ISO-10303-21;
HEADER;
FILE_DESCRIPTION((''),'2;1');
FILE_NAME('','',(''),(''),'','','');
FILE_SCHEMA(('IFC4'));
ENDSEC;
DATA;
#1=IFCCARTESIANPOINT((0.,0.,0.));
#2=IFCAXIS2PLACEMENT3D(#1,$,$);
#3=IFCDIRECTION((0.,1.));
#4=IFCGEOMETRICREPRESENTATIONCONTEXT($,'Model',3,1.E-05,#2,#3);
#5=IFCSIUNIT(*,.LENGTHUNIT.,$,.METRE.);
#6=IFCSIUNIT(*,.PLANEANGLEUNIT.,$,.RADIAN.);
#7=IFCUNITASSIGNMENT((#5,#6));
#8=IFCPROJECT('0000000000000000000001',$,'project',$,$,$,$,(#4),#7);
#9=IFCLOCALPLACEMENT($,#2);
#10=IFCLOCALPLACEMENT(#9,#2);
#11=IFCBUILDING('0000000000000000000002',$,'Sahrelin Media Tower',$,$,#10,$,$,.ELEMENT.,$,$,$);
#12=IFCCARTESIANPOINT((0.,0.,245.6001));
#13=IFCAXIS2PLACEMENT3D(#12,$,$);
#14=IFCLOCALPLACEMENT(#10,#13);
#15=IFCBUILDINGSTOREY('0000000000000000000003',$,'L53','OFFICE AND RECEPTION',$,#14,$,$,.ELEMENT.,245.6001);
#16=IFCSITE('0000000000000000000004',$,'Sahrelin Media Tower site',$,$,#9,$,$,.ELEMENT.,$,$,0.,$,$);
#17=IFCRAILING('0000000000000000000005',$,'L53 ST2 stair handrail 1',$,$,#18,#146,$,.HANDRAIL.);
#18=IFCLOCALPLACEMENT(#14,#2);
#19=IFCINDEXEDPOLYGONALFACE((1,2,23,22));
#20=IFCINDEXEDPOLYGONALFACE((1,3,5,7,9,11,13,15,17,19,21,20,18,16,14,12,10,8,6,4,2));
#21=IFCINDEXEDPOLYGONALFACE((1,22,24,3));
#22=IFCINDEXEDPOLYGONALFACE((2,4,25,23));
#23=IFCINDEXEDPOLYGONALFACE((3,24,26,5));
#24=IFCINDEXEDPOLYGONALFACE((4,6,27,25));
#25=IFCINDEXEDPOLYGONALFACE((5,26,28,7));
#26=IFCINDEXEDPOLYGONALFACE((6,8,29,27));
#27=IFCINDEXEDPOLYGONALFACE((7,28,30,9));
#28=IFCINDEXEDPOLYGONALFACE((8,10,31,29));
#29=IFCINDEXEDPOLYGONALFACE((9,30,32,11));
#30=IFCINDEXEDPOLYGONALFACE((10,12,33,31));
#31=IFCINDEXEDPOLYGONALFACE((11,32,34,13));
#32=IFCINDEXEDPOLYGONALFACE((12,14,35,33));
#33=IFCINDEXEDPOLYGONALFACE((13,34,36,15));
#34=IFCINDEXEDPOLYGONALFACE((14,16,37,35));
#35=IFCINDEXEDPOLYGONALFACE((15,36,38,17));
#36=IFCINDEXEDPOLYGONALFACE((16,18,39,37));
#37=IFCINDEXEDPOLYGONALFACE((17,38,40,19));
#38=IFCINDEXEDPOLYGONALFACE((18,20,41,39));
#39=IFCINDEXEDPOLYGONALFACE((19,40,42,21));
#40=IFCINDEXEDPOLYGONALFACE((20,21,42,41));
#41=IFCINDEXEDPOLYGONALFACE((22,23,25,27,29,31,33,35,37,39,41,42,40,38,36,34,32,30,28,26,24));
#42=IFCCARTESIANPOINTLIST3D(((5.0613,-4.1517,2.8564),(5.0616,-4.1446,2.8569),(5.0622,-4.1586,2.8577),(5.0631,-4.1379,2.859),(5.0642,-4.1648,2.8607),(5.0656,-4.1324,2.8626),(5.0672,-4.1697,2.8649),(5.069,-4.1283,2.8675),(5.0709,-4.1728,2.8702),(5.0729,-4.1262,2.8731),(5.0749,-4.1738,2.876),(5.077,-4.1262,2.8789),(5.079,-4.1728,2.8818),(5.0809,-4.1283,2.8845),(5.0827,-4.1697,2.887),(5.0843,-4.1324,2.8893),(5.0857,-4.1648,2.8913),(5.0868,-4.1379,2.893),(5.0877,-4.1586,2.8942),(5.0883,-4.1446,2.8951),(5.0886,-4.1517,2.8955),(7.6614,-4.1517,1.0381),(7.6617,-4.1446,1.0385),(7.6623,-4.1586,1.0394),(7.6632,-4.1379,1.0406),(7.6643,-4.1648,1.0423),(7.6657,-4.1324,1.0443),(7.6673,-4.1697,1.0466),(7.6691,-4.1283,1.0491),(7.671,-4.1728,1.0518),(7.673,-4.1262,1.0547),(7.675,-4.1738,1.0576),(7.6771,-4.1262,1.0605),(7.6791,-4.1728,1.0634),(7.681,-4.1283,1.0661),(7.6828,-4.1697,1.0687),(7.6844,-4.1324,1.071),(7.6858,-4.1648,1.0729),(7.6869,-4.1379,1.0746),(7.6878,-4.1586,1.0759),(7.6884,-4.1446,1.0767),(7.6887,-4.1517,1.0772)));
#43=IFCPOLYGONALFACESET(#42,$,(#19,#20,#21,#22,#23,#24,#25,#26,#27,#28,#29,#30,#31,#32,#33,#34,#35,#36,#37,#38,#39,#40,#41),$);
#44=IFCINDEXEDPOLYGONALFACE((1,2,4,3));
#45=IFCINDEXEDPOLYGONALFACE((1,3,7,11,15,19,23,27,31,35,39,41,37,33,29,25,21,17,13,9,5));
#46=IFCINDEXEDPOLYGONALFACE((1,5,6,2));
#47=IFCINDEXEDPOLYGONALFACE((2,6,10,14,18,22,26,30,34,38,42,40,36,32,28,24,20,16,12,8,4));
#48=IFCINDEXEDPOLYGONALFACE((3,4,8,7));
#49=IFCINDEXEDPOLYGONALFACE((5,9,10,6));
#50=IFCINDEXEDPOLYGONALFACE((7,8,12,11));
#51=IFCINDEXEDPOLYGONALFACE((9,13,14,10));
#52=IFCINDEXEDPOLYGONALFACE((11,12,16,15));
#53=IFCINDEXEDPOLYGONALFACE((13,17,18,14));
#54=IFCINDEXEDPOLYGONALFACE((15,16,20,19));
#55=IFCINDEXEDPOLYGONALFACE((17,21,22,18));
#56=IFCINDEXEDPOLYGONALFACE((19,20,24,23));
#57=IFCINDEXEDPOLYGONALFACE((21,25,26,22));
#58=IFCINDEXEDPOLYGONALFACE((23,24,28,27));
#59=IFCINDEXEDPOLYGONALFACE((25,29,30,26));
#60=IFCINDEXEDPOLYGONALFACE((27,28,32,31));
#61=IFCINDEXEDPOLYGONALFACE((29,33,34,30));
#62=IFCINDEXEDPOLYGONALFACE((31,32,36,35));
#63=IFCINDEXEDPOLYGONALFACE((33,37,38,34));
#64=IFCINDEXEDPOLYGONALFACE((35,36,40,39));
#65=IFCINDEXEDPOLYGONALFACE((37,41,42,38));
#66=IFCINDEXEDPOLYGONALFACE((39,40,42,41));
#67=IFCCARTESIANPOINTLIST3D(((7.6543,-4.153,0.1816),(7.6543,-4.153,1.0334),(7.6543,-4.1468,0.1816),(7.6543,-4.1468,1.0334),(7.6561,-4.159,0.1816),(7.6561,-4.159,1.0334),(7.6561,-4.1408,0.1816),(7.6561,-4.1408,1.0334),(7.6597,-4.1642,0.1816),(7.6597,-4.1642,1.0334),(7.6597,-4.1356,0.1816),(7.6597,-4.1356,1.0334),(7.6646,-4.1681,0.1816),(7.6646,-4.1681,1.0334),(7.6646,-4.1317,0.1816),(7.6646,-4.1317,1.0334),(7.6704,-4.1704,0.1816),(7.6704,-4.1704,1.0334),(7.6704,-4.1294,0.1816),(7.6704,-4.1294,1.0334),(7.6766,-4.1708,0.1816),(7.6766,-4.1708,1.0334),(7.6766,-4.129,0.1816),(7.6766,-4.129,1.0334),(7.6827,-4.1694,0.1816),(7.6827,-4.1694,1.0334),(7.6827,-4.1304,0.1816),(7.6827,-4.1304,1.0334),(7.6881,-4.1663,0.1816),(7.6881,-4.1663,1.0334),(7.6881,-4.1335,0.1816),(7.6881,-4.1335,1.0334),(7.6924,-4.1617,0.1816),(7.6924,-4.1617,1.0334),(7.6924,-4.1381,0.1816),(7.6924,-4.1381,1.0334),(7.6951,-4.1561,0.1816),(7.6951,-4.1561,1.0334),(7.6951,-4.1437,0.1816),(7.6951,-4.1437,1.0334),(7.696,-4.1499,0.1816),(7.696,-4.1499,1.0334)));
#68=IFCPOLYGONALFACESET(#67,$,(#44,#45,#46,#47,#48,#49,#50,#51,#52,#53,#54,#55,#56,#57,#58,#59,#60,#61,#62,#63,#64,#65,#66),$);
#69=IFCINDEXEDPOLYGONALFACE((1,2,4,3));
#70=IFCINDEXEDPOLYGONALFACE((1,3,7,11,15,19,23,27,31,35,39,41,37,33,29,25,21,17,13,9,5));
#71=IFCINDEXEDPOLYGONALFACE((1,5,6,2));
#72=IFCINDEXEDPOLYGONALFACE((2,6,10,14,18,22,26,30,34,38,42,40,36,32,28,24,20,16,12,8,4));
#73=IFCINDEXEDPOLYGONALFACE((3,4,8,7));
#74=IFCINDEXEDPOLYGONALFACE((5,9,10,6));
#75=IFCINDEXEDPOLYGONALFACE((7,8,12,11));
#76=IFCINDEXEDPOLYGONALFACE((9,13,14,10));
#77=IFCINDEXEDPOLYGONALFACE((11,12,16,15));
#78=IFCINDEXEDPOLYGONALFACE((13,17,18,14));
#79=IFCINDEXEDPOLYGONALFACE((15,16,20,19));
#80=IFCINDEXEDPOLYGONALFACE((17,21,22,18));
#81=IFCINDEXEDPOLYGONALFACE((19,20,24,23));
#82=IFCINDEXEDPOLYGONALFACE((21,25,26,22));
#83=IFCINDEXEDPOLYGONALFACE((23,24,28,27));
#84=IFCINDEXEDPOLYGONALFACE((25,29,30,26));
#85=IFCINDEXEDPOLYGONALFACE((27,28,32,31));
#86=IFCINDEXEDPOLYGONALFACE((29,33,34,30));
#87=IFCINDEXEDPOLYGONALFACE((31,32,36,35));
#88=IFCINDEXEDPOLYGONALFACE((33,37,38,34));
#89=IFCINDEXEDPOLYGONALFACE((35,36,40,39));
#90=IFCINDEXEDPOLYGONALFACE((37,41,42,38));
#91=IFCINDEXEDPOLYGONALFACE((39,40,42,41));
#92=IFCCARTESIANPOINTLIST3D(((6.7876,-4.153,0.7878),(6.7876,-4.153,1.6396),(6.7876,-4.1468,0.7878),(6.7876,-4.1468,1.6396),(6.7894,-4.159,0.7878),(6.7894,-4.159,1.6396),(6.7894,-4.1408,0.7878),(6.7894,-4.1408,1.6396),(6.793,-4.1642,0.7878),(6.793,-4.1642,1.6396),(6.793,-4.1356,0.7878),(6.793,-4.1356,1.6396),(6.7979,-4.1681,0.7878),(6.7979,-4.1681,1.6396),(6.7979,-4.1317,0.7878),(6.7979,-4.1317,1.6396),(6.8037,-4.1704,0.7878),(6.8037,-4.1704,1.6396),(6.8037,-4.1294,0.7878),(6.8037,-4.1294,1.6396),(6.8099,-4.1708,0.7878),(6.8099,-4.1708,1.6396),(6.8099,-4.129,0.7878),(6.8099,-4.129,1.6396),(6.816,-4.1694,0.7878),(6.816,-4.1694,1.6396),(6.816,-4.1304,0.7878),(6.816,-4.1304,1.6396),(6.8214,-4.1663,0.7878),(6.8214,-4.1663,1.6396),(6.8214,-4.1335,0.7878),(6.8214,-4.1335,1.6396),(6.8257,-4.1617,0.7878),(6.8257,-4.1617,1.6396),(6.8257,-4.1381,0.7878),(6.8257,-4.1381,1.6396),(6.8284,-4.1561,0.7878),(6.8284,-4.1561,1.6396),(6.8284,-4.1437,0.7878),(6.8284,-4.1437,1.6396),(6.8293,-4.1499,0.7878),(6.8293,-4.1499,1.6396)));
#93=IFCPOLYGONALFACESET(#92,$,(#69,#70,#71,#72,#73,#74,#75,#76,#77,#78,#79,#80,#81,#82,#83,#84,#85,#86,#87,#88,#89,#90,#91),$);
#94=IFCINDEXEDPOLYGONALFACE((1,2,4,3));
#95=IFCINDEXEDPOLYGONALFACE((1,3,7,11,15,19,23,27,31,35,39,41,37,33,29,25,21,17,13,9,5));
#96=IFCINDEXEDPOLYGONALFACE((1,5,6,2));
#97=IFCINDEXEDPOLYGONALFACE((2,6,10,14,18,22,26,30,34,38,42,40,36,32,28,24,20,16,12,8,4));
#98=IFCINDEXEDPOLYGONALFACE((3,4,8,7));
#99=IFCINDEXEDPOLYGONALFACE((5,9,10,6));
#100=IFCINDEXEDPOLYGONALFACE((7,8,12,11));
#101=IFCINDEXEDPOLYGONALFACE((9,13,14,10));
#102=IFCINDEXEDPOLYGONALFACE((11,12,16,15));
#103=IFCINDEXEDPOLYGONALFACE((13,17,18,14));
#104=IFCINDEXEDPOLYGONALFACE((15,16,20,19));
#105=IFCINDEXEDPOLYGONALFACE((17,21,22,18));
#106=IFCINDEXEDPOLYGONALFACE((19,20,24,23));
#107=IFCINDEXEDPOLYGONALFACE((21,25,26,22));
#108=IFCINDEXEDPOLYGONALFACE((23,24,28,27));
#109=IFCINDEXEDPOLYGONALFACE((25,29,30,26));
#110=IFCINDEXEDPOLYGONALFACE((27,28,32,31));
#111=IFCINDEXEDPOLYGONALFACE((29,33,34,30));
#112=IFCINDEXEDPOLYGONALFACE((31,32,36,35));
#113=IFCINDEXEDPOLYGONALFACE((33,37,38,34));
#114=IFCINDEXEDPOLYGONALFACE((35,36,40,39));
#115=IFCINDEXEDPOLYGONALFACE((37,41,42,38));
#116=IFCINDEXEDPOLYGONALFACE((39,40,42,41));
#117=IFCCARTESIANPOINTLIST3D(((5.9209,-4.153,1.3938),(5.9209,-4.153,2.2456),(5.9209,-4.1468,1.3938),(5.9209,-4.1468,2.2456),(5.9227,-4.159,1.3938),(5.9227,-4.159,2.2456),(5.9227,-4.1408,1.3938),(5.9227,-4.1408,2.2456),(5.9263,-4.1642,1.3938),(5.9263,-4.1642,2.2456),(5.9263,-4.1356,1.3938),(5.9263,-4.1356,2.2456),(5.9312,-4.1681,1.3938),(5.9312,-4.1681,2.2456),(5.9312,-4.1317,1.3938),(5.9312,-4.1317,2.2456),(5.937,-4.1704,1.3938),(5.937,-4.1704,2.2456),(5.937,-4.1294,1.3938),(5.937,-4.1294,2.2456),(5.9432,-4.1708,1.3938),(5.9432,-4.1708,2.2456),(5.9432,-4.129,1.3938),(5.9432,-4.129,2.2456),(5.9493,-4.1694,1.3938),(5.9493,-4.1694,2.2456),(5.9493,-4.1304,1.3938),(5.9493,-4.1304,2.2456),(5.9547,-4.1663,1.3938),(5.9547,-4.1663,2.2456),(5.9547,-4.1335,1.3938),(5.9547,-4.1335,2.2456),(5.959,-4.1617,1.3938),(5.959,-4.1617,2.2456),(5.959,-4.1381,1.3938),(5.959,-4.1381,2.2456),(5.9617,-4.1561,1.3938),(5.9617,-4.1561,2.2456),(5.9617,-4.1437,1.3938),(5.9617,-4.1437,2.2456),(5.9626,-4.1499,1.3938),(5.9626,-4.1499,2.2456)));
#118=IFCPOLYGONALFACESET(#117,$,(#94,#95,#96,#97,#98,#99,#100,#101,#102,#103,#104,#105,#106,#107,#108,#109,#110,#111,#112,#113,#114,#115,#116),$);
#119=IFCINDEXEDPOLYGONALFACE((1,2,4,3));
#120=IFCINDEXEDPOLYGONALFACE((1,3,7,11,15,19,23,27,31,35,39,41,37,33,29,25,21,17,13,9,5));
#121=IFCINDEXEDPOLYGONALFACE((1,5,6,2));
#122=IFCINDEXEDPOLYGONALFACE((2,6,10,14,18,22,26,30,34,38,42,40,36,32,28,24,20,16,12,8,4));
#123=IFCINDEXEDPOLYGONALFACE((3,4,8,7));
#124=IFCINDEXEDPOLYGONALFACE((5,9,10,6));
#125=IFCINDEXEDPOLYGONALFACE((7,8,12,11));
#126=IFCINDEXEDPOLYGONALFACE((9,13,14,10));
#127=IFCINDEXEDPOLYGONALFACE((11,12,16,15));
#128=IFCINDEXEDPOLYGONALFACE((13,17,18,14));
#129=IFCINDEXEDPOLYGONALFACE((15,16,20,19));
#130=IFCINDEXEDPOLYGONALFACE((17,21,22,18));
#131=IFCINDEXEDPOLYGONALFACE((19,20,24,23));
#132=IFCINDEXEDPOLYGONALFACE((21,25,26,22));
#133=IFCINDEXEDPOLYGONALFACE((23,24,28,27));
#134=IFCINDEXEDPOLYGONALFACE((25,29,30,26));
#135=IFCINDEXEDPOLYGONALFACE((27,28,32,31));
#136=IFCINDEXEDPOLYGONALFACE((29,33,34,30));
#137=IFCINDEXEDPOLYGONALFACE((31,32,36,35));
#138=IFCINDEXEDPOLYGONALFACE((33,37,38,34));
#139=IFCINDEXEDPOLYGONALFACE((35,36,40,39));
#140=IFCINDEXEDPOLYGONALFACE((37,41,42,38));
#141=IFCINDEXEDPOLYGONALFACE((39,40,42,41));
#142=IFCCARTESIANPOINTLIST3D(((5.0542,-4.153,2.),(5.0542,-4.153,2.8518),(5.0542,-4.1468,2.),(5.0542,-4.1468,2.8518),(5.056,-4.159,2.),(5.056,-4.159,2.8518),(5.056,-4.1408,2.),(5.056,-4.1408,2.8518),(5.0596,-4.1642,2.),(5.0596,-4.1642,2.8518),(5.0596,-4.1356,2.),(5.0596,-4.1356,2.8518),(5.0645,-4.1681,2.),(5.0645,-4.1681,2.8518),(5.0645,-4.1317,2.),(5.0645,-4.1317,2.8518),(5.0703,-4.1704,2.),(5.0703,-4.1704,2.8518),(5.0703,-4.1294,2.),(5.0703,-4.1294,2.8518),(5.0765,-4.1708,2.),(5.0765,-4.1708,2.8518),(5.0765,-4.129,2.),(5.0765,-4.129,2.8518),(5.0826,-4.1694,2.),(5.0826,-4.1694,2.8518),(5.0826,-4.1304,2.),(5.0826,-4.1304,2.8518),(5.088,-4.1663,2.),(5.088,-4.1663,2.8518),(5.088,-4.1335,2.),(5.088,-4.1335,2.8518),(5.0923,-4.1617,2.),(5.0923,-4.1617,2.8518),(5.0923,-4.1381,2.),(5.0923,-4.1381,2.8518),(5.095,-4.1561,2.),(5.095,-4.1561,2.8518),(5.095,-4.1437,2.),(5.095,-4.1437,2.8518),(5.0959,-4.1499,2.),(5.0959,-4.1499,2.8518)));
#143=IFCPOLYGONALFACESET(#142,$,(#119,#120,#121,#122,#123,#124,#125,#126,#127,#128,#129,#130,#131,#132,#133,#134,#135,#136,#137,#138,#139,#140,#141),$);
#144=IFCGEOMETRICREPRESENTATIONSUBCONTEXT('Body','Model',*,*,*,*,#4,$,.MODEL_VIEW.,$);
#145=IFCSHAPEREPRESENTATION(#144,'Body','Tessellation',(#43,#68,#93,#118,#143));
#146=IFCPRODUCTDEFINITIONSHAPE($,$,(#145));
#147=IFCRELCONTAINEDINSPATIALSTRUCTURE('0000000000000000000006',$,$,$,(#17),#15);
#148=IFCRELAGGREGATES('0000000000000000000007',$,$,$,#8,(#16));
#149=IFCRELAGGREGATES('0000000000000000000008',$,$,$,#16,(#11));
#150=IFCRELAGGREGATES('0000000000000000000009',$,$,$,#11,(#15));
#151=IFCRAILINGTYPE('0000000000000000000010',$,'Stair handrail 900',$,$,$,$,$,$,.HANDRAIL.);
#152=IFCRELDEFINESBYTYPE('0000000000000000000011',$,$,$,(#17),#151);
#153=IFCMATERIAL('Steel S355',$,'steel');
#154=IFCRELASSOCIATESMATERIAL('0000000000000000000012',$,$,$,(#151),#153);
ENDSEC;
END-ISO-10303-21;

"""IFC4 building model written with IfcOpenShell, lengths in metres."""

from ifc_helpers import new_model, si_unit, direction, frame, origin, origin_2d, place, context, subcontext, project, spatial, circle, extrude, material, type_object, element, save


model = new_model("IFC4")

# Units and contexts
model_context = context("Model", 3, precision=1e-05, world=origin(), true_north=direction((0.0, 1.0)))
body_context = subcontext(model_context, "Body", "Model", "MODEL_VIEW")
ifc_project = project(units=[si_unit("LENGTHUNIT", "METRE"), si_unit("PLANEANGLEUNIT", "RADIAN")], contexts=[model_context])

# Site, building, storey
site_placement = place(None, origin())
site = spatial("IfcSite", under=ifc_project, at=site_placement, Name="Sahrelin Media Tower site", CompositionType="ELEMENT", RefElevation=0.0)
building_placement = place(site_placement, origin())
building = spatial("IfcBuilding", under=site, at=building_placement, Name="Sahrelin Media Tower", CompositionType="ELEMENT")
storey_placement = place(building_placement, frame((0.0, 0.0, 245.6001)))
storey = spatial("IfcBuildingStorey", under=building, at=storey_placement, Name="L53", Description="OFFICE AND RECEPTION", CompositionType="ELEMENT", Elevation=245.6001)

# Shared definitions
ifc_material_1 = material(Name="Steel S355", Category="steel")

# Railing
railing_type_1 = type_object("IfcRailingType", Name="Stair handrail 900", PredefinedType="HANDRAIL", material=ifc_material_1)
railing_1_placement = place(storey_placement, frame((7.675, -4.1499, 0.1816)))
element("IfcRailing", 1, at=railing_1_placement, inside=storey, type_object=railing_type_1, Name="L53 ST2 stair handrail 1", PredefinedType="HANDRAIL", context=body_context, shape_type="SweptSolid", body=[
    extrude(circle(Radius=0.0239, at=origin_2d()), frame((0.0, 0.0, 0.876), z_axis=(-0.819485, 0.0, 0.573101), x_axis=(0.0, -1.0, 0.0)), (0.0, 0.0, 1.0), 3.1729),
    extrude(circle(Radius=0.021, at=origin_2d()), origin(), (0.0, 0.0, 1.0), 0.8518),
    extrude(circle(Radius=0.021, at=origin_2d()), frame((-0.8667, 0.0, 0.6062)), (0.0, 0.0, 1.0), 0.8518),
    extrude(circle(Radius=0.021, at=origin_2d()), frame((-1.7334, 0.0, 1.2122)), (0.0, 0.0, 1.0), 0.8518),
    extrude(circle(Radius=0.021, at=origin_2d()), frame((-2.6001, 0.0, 1.8184)), (0.0, 0.0, 1.0), 0.8518),
])

save(model, "model.ifc")
